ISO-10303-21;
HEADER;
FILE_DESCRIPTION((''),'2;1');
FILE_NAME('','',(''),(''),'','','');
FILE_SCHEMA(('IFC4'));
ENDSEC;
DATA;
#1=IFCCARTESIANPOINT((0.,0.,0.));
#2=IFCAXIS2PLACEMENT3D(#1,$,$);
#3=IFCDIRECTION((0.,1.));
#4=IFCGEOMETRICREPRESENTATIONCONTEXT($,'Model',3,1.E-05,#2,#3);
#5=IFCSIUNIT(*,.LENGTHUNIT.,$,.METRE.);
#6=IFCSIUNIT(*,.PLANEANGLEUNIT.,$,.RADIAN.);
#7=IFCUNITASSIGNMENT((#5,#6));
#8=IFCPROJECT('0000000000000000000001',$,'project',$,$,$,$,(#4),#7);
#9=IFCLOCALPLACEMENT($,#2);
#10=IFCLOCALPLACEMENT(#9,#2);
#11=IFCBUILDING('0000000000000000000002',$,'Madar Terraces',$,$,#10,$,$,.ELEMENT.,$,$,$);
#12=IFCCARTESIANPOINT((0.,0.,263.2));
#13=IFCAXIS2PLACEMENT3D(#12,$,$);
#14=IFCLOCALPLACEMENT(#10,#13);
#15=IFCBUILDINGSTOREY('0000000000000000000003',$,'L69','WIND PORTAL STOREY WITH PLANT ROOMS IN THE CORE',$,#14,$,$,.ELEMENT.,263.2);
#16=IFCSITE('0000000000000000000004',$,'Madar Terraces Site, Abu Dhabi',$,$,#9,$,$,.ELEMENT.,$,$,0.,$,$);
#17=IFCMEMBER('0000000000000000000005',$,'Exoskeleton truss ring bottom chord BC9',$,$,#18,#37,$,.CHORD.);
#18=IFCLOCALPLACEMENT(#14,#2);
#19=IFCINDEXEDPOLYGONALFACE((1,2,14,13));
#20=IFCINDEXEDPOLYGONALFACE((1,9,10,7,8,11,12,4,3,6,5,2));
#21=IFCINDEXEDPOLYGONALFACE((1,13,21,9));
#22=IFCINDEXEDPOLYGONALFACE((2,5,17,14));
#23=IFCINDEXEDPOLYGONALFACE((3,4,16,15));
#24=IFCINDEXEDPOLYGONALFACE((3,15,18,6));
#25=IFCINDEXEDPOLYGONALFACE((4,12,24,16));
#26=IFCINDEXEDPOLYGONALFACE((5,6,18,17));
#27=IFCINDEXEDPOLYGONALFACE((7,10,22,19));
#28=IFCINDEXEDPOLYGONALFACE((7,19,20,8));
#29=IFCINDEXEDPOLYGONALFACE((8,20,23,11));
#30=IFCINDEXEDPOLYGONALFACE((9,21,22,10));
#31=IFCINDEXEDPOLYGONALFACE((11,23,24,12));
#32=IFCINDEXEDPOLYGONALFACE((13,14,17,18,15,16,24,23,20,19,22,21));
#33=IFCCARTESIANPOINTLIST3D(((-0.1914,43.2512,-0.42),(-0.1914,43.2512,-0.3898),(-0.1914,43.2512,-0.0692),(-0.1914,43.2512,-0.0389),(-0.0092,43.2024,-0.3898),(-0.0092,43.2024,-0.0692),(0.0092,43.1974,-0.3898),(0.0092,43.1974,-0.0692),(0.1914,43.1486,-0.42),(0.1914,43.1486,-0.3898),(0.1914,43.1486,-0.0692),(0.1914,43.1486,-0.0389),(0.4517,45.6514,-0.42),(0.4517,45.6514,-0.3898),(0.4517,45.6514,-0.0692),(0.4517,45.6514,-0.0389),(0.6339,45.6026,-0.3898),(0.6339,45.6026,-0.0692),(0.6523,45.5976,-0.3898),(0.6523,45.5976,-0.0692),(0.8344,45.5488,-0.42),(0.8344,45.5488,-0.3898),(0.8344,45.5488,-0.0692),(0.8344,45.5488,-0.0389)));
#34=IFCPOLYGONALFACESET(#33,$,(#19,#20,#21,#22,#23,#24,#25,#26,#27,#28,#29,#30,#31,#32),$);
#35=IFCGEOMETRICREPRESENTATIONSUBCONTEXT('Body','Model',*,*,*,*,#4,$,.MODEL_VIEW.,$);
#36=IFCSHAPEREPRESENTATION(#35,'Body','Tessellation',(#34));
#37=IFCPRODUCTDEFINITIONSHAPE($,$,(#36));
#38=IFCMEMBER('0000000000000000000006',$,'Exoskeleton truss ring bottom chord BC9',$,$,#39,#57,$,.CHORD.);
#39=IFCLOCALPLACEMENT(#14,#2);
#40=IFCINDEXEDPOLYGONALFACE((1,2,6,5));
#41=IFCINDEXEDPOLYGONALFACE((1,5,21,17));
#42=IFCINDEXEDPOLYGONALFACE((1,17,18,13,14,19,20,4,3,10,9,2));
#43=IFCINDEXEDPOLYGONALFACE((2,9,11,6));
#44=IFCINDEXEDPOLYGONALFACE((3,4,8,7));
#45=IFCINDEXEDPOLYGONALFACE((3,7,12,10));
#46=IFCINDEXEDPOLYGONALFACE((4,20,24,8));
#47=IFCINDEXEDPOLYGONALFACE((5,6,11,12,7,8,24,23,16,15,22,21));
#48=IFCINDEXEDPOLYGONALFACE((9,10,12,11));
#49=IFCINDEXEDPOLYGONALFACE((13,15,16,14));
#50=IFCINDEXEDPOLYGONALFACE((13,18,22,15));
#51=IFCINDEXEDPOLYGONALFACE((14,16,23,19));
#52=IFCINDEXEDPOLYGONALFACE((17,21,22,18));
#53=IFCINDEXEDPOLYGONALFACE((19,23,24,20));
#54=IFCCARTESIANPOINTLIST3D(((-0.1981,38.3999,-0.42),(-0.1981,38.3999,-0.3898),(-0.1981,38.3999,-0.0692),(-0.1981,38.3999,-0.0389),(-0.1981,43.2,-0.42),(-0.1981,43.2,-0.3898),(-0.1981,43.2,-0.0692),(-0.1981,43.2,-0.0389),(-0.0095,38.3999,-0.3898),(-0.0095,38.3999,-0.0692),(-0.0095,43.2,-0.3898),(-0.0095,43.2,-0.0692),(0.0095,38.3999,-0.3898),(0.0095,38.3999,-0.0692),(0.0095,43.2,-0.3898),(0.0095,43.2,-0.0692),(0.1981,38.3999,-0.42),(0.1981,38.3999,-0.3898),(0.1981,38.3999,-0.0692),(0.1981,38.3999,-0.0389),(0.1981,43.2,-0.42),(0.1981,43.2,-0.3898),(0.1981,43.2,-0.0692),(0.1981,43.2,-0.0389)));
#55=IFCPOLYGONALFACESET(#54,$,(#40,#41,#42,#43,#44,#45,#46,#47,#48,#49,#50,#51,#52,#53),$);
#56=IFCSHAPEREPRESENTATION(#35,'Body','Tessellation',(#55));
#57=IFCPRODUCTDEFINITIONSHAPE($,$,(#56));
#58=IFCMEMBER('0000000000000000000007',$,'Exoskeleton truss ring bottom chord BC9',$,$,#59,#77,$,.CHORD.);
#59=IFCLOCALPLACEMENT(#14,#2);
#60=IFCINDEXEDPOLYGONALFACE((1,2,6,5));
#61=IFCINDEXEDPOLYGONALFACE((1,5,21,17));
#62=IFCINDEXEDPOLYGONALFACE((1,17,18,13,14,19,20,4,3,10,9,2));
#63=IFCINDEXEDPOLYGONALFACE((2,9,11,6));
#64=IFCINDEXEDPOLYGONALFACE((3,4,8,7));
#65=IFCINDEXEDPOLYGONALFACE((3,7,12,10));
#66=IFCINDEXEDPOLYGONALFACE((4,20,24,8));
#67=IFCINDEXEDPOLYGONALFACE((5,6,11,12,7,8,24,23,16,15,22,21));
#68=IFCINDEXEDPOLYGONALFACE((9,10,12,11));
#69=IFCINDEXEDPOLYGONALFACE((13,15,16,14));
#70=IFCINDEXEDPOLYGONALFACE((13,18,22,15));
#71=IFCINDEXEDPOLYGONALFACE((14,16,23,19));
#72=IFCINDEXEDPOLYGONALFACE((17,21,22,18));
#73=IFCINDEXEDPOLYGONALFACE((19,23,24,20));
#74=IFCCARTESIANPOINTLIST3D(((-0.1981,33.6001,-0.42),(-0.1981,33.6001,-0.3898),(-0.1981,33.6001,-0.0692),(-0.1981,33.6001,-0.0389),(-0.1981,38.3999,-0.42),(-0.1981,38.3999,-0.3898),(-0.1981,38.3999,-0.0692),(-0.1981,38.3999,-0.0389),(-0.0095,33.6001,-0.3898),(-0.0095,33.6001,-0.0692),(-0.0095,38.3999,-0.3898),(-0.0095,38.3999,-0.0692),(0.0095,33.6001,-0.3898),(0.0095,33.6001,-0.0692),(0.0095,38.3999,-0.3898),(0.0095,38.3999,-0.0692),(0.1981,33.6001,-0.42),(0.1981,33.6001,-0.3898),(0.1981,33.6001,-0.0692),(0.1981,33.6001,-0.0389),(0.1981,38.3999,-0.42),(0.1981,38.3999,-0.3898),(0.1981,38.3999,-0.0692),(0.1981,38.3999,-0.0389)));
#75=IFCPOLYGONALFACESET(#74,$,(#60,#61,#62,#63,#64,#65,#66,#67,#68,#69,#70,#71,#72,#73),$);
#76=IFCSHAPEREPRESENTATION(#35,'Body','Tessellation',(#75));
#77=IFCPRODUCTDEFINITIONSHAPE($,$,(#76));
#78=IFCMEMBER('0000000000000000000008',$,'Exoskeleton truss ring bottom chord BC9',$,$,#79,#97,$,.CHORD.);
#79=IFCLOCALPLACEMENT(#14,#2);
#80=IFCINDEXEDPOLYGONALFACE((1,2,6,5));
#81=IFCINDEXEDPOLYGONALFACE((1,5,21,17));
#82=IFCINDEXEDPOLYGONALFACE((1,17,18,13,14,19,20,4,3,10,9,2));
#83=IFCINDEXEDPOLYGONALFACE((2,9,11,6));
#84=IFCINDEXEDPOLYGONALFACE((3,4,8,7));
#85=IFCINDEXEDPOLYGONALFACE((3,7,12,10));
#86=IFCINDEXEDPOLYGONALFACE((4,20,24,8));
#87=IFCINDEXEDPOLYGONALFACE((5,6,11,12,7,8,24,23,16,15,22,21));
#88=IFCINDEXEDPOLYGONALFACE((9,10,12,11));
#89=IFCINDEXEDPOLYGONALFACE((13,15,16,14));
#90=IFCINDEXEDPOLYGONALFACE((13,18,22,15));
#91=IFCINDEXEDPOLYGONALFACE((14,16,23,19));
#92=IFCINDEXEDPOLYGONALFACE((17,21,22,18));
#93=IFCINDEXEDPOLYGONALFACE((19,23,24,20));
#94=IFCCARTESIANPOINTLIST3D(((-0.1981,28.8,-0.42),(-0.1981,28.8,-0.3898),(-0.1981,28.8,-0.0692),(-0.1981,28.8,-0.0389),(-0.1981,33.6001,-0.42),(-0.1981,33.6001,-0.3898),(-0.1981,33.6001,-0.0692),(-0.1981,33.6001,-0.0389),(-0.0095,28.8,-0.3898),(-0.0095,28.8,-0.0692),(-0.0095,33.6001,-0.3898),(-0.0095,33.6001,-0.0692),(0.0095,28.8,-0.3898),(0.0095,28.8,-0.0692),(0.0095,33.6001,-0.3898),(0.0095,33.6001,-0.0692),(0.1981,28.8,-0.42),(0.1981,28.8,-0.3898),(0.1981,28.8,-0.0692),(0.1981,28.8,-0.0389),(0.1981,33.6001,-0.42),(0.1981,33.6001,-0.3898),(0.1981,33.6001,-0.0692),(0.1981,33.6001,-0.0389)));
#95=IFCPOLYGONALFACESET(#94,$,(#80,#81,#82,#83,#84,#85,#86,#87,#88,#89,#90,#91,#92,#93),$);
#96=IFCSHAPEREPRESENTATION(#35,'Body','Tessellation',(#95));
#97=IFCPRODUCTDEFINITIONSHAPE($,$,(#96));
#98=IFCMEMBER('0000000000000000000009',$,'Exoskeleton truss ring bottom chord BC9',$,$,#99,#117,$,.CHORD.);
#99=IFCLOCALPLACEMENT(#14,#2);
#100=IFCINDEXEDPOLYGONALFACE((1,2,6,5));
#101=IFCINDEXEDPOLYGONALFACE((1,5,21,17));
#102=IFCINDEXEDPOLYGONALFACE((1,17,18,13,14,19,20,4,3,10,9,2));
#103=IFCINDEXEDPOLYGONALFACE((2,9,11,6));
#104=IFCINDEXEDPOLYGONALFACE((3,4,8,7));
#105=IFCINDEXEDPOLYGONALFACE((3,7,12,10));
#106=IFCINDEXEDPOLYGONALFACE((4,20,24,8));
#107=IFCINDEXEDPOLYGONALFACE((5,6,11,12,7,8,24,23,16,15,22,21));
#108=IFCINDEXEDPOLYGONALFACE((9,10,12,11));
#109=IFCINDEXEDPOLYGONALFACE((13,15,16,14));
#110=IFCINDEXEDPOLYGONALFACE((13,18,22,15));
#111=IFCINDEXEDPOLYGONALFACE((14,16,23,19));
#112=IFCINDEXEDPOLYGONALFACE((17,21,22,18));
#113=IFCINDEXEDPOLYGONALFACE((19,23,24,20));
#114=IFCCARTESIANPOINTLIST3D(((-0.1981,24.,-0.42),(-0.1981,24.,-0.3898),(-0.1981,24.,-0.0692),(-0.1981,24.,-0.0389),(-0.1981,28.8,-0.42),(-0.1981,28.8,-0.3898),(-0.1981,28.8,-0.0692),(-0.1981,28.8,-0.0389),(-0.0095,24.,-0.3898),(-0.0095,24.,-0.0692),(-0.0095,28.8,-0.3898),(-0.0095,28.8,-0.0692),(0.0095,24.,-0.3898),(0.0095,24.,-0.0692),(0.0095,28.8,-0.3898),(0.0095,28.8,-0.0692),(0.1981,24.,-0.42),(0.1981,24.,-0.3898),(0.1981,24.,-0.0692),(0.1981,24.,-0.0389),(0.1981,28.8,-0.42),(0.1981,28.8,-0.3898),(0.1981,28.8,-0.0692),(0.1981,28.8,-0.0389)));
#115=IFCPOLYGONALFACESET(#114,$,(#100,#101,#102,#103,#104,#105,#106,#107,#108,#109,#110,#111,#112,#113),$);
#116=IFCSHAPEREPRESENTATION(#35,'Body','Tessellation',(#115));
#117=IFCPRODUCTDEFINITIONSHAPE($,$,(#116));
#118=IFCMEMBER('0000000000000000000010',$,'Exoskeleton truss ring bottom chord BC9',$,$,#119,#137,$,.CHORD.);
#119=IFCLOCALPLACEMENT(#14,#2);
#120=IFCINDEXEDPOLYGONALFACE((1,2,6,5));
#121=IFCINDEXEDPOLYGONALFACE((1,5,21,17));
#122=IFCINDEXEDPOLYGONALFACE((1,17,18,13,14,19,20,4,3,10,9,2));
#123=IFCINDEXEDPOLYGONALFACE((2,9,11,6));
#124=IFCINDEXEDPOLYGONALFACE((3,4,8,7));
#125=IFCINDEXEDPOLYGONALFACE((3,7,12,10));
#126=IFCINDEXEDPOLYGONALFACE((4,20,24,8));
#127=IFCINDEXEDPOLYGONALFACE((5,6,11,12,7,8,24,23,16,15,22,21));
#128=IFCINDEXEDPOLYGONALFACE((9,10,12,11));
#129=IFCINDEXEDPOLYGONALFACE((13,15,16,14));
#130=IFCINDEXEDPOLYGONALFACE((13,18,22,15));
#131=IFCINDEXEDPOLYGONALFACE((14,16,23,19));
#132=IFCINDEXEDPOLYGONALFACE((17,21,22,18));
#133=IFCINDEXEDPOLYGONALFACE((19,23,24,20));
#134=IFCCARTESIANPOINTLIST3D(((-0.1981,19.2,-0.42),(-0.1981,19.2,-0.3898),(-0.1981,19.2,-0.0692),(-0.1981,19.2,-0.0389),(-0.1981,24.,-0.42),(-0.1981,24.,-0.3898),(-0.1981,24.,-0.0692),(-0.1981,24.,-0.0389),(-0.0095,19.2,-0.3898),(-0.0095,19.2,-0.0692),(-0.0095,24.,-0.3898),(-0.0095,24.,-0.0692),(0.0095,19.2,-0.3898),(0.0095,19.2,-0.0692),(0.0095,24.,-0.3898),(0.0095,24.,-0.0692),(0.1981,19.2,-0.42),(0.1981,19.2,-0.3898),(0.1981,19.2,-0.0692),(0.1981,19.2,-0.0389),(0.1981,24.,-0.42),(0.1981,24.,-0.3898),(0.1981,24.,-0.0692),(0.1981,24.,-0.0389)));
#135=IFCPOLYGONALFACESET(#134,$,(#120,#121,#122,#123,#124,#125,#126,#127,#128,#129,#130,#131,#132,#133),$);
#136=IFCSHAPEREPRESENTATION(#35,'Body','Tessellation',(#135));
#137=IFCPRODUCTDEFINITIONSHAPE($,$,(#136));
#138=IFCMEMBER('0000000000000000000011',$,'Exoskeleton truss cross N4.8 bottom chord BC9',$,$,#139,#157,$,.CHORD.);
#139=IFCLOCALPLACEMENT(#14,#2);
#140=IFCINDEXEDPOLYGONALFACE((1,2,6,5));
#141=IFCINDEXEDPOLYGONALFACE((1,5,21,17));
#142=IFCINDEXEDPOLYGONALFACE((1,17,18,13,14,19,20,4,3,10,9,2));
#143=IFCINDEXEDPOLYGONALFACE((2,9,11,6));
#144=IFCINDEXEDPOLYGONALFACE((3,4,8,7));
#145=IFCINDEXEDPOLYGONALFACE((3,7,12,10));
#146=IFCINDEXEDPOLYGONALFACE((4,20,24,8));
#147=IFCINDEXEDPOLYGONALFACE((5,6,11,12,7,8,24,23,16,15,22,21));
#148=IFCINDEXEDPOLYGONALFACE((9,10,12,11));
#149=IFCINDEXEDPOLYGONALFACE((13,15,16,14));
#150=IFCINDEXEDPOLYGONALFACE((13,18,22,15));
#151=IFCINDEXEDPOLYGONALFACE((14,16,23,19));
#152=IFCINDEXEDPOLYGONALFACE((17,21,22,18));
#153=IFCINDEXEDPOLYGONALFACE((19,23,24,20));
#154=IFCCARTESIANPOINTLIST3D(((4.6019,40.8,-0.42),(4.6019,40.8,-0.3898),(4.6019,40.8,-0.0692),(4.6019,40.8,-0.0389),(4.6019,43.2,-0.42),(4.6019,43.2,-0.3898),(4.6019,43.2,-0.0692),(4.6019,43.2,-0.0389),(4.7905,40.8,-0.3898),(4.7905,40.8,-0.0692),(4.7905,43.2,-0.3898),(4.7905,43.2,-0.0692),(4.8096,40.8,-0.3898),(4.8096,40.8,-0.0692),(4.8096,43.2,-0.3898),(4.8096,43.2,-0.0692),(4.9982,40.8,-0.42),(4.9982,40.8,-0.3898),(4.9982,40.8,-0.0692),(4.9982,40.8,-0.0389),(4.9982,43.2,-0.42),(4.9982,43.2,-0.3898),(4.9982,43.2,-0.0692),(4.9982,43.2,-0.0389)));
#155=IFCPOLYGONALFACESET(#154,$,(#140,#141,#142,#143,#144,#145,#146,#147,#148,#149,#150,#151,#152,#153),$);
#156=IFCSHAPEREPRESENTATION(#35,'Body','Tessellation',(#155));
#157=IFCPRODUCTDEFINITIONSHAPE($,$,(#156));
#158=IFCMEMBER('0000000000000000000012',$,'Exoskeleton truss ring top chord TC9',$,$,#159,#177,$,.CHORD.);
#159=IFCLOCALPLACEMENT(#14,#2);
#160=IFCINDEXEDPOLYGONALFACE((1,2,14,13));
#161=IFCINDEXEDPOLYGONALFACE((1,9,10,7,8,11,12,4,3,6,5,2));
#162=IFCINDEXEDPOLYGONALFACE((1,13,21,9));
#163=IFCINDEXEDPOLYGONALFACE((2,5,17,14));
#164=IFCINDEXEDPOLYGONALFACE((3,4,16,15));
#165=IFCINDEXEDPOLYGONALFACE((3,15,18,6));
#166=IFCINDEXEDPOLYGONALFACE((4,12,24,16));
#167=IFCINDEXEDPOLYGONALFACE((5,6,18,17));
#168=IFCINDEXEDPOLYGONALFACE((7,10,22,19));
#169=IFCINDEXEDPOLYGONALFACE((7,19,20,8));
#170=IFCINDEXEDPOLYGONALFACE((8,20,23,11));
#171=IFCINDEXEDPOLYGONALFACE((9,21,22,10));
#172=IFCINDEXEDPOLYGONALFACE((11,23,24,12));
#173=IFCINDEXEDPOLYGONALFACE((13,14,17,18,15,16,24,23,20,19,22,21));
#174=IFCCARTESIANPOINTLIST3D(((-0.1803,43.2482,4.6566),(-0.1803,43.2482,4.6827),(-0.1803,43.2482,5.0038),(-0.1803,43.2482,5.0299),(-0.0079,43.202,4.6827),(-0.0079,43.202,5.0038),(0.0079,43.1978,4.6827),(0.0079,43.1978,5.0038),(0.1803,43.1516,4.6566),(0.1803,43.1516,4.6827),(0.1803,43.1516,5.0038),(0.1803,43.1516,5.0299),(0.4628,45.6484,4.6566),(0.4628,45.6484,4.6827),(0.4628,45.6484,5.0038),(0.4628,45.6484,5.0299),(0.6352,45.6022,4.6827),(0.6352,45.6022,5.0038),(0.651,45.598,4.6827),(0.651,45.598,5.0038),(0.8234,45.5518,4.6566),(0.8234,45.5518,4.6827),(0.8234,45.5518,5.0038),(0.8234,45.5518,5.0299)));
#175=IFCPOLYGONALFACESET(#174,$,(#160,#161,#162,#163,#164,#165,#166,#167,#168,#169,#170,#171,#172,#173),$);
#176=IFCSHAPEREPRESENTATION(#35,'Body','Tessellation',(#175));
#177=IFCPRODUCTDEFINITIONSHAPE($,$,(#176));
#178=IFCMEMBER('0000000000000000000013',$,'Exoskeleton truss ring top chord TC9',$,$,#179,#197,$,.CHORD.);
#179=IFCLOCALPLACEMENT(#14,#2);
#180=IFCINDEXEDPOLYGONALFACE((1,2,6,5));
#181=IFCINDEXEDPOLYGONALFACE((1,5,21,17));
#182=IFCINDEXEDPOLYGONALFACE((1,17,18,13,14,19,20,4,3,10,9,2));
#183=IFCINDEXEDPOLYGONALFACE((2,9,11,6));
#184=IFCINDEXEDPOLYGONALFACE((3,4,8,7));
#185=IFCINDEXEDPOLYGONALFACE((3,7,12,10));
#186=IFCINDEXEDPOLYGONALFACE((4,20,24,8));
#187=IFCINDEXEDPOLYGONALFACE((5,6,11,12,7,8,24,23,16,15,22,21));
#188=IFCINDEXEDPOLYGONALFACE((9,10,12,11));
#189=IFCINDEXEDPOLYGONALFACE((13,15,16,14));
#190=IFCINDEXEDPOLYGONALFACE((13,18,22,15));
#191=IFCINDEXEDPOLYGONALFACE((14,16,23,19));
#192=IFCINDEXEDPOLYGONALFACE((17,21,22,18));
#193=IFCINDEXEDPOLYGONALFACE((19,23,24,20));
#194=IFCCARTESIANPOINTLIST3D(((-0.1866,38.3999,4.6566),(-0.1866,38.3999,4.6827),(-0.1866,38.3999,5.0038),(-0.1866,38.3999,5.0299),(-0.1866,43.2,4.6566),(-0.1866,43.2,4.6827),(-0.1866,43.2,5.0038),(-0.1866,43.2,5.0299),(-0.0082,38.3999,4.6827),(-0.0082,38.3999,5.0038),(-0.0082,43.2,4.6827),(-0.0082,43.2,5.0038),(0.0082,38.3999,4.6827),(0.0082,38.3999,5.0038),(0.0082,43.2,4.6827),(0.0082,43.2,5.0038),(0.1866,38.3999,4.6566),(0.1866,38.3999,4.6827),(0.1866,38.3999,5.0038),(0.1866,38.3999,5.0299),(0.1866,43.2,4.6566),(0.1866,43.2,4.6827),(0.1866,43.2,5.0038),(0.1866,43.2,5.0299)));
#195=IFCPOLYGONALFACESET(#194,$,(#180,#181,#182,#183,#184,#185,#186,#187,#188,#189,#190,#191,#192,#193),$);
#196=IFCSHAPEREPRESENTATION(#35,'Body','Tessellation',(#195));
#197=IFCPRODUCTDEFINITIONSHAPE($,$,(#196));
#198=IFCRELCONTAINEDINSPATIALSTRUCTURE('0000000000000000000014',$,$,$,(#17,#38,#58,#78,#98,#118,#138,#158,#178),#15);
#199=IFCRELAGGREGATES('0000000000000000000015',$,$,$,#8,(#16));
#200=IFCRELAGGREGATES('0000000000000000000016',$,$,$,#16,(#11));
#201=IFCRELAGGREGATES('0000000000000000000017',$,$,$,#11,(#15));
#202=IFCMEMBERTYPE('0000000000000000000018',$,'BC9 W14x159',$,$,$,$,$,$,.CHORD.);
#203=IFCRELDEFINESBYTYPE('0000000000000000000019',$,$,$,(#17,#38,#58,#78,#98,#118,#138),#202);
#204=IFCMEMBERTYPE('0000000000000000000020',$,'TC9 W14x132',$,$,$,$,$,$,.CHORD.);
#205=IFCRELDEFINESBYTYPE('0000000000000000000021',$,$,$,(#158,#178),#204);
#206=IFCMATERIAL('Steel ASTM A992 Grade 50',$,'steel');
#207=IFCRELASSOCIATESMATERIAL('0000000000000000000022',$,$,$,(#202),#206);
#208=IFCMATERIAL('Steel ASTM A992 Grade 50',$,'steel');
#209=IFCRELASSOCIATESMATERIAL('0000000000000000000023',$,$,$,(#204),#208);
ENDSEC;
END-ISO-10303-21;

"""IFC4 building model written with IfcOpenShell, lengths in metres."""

from ifc_helpers import new_model, si_unit, direction, frame, origin, origin_2d, place, context, subcontext, project, spatial, i_section, extrude, material, material_profile, profile_set, type_object, element, save


model = new_model("IFC4")

# Units and contexts
model_context = context("Model", 3, precision=1e-05, world=origin(), true_north=direction((0.0, 1.0)))
body_context = subcontext(model_context, "Body", "Model", "MODEL_VIEW")
ifc_project = project(units=[si_unit("LENGTHUNIT", "METRE"), si_unit("PLANEANGLEUNIT", "RADIAN")], contexts=[model_context])

# Site, building, storey
site_placement = place(None, origin())
site = spatial("IfcSite", under=ifc_project, at=site_placement, Name="Madar Terraces Site, Abu Dhabi", CompositionType="ELEMENT", RefElevation=0.0)
building_placement = place(site_placement, origin())
building = spatial("IfcBuilding", under=site, at=building_placement, Name="Madar Terraces", CompositionType="ELEMENT")
storey_placement = place(building_placement, frame((0.0, 0.0, 263.2)))
storey = spatial("IfcBuildingStorey", under=building, at=storey_placement, Name="L69", Description="WIND PORTAL STOREY WITH PLANT ROOMS IN THE CORE", CompositionType="ELEMENT", Elevation=263.2)

# Members
ifc_material_1 = material(Name="Steel ASTM A992 Grade 50", Category="steel")
ifc_material_profile_1 = material_profile(ifc_material_1, i_section(OverallWidth=0.3962, OverallDepth=0.3811, WebThickness=0.019, FlangeThickness=0.0303, at=origin_2d()), Name="W14x159")
ifc_profile_set_1 = profile_set([ifc_material_profile_1], Name="Steel ASTM A992 Grade 50")
member_type_1 = type_object("IfcMemberType", Name="BC9 W14x159", PredefinedType="CHORD", material=ifc_profile_set_1)
member_1_placement = place(storey_placement, frame((0.6431, 45.6001, -0.2295), z_axis=(-0.2588, -0.965931, 0.0), x_axis=(0.965931, -0.2588, 0.0)))
element("IfcMember", 1, at=member_1_placement, inside=storey, type_object=member_type_1, Name="Exoskeleton truss ring bottom chord BC9", PredefinedType="CHORD", context=body_context, shape_type="SweptSolid", body=[
    extrude(i_section(OverallWidth=0.3962, OverallDepth=0.3811, WebThickness=0.019, FlangeThickness=0.0303, at=origin_2d()), origin(), (0.0, 0.0, 1.0), 2.4849),
])
member_2_placement = place(storey_placement, frame((0.0, 43.2, -0.2295), z_axis=(0.0, -1.0, 0.0), x_axis=(1.0, 0.0, 0.0)))
element("IfcMember", 2, at=member_2_placement, inside=storey, type_object=member_type_1, Name="Exoskeleton truss ring bottom chord BC9", PredefinedType="CHORD", context=body_context, shape_type="SweptSolid", body=[
    extrude(i_section(OverallWidth=0.3962, OverallDepth=0.3811, WebThickness=0.019, FlangeThickness=0.0303, at=origin_2d()), origin(), (0.0, 0.0, 1.0), 4.8),
])
member_3_placement = place(storey_placement, frame((0.0, 38.3999, -0.2295), z_axis=(0.0, -1.0, 0.0), x_axis=(1.0, 0.0, 0.0)))
element("IfcMember", 3, at=member_3_placement, inside=storey, type_object=member_type_1, Name="Exoskeleton truss ring bottom chord BC9", PredefinedType="CHORD", context=body_context, shape_type="SweptSolid", body=[
    extrude(i_section(OverallWidth=0.3962, OverallDepth=0.3811, WebThickness=0.019, FlangeThickness=0.0303, at=origin_2d()), origin(), (0.0, 0.0, 1.0), 4.7998),
])
for number, where, z_axis, x_axis, name in (
    (4, (0.0, 33.6001, -0.2295), (0.0, -1.0, 0.0), (1.0, 0.0, 0.0), "Exoskeleton truss ring bottom chord BC9"),
    (5, (0.0, 28.8, -0.2295), (0.0, -1.0, 0.0), (1.0, 0.0, 0.0), "Exoskeleton truss ring bottom chord BC9"),
    (6, (0.0, 24.0, -0.2295), (0.0, -1.0, 0.0), (1.0, 0.0, 0.0), "Exoskeleton truss ring bottom chord BC9"),
):
    element("IfcMember", number, at=place(storey_placement, frame(where, z_axis=z_axis, x_axis=x_axis)), inside=storey, type_object=member_type_1, Name=name, PredefinedType="CHORD", context=body_context, shape_type="SweptSolid", body=[
        extrude(i_section(OverallWidth=0.3962, OverallDepth=0.3811, WebThickness=0.019, FlangeThickness=0.0303, at=origin_2d()), origin(), (0.0, 0.0, 1.0), 4.8),
    ])
member_4_placement = place(storey_placement, frame((4.8, 43.2, -0.2295), z_axis=(0.0, -1.0, 0.0), x_axis=(1.0, 0.0, 0.0)))
element("IfcMember", 7, at=member_4_placement, inside=storey, type_object=member_type_1, Name="Exoskeleton truss cross N4.8 bottom chord BC9", PredefinedType="CHORD", context=body_context, shape_type="SweptSolid", body=[
    extrude(i_section(OverallWidth=0.3962, OverallDepth=0.3811, WebThickness=0.019, FlangeThickness=0.0303, at=origin_2d()), origin(), (0.0, 0.0, 1.0), 2.3999),
])
ifc_material_2 = material(Name="Steel ASTM A992 Grade 50", Category="steel")
ifc_material_profile_2 = material_profile(ifc_material_2, i_section(OverallWidth=0.3733, OverallDepth=0.3733, WebThickness=0.0164, FlangeThickness=0.0261, at=origin_2d()), Name="W14x132")
ifc_profile_set_2 = profile_set([ifc_material_profile_2], Name="Steel ASTM A992 Grade 50")
member_type_2 = type_object("IfcMemberType", Name="TC9 W14x132", PredefinedType="CHORD", material=ifc_profile_set_2)
member_5_placement = place(storey_placement, frame((0.6431, 45.6001, 4.8433), z_axis=(-0.2588, -0.965931, 0.0), x_axis=(0.965931, -0.2588, 0.0)))
element("IfcMember", 8, at=member_5_placement, inside=storey, type_object=member_type_2, Name="Exoskeleton truss ring top chord TC9", PredefinedType="CHORD", context=body_context, shape_type="SweptSolid", body=[
    extrude(i_section(OverallWidth=0.3733, OverallDepth=0.3733, WebThickness=0.0164, FlangeThickness=0.0261, at=origin_2d()), origin(), (0.0, 0.0, 1.0), 2.4849),
])
member_6_placement = place(storey_placement, frame((0.0, 43.2, 4.8433), z_axis=(0.0, -1.0, 0.0), x_axis=(1.0, 0.0, 0.0)))
element("IfcMember", 9, at=member_6_placement, inside=storey, type_object=member_type_2, Name="Exoskeleton truss ring top chord TC9", PredefinedType="CHORD", context=body_context, shape_type="SweptSolid", body=[
    extrude(i_section(OverallWidth=0.3733, OverallDepth=0.3733, WebThickness=0.0164, FlangeThickness=0.0261, at=origin_2d()), origin(), (0.0, 0.0, 1.0), 4.8),
])

save(model, "model.ifc")
